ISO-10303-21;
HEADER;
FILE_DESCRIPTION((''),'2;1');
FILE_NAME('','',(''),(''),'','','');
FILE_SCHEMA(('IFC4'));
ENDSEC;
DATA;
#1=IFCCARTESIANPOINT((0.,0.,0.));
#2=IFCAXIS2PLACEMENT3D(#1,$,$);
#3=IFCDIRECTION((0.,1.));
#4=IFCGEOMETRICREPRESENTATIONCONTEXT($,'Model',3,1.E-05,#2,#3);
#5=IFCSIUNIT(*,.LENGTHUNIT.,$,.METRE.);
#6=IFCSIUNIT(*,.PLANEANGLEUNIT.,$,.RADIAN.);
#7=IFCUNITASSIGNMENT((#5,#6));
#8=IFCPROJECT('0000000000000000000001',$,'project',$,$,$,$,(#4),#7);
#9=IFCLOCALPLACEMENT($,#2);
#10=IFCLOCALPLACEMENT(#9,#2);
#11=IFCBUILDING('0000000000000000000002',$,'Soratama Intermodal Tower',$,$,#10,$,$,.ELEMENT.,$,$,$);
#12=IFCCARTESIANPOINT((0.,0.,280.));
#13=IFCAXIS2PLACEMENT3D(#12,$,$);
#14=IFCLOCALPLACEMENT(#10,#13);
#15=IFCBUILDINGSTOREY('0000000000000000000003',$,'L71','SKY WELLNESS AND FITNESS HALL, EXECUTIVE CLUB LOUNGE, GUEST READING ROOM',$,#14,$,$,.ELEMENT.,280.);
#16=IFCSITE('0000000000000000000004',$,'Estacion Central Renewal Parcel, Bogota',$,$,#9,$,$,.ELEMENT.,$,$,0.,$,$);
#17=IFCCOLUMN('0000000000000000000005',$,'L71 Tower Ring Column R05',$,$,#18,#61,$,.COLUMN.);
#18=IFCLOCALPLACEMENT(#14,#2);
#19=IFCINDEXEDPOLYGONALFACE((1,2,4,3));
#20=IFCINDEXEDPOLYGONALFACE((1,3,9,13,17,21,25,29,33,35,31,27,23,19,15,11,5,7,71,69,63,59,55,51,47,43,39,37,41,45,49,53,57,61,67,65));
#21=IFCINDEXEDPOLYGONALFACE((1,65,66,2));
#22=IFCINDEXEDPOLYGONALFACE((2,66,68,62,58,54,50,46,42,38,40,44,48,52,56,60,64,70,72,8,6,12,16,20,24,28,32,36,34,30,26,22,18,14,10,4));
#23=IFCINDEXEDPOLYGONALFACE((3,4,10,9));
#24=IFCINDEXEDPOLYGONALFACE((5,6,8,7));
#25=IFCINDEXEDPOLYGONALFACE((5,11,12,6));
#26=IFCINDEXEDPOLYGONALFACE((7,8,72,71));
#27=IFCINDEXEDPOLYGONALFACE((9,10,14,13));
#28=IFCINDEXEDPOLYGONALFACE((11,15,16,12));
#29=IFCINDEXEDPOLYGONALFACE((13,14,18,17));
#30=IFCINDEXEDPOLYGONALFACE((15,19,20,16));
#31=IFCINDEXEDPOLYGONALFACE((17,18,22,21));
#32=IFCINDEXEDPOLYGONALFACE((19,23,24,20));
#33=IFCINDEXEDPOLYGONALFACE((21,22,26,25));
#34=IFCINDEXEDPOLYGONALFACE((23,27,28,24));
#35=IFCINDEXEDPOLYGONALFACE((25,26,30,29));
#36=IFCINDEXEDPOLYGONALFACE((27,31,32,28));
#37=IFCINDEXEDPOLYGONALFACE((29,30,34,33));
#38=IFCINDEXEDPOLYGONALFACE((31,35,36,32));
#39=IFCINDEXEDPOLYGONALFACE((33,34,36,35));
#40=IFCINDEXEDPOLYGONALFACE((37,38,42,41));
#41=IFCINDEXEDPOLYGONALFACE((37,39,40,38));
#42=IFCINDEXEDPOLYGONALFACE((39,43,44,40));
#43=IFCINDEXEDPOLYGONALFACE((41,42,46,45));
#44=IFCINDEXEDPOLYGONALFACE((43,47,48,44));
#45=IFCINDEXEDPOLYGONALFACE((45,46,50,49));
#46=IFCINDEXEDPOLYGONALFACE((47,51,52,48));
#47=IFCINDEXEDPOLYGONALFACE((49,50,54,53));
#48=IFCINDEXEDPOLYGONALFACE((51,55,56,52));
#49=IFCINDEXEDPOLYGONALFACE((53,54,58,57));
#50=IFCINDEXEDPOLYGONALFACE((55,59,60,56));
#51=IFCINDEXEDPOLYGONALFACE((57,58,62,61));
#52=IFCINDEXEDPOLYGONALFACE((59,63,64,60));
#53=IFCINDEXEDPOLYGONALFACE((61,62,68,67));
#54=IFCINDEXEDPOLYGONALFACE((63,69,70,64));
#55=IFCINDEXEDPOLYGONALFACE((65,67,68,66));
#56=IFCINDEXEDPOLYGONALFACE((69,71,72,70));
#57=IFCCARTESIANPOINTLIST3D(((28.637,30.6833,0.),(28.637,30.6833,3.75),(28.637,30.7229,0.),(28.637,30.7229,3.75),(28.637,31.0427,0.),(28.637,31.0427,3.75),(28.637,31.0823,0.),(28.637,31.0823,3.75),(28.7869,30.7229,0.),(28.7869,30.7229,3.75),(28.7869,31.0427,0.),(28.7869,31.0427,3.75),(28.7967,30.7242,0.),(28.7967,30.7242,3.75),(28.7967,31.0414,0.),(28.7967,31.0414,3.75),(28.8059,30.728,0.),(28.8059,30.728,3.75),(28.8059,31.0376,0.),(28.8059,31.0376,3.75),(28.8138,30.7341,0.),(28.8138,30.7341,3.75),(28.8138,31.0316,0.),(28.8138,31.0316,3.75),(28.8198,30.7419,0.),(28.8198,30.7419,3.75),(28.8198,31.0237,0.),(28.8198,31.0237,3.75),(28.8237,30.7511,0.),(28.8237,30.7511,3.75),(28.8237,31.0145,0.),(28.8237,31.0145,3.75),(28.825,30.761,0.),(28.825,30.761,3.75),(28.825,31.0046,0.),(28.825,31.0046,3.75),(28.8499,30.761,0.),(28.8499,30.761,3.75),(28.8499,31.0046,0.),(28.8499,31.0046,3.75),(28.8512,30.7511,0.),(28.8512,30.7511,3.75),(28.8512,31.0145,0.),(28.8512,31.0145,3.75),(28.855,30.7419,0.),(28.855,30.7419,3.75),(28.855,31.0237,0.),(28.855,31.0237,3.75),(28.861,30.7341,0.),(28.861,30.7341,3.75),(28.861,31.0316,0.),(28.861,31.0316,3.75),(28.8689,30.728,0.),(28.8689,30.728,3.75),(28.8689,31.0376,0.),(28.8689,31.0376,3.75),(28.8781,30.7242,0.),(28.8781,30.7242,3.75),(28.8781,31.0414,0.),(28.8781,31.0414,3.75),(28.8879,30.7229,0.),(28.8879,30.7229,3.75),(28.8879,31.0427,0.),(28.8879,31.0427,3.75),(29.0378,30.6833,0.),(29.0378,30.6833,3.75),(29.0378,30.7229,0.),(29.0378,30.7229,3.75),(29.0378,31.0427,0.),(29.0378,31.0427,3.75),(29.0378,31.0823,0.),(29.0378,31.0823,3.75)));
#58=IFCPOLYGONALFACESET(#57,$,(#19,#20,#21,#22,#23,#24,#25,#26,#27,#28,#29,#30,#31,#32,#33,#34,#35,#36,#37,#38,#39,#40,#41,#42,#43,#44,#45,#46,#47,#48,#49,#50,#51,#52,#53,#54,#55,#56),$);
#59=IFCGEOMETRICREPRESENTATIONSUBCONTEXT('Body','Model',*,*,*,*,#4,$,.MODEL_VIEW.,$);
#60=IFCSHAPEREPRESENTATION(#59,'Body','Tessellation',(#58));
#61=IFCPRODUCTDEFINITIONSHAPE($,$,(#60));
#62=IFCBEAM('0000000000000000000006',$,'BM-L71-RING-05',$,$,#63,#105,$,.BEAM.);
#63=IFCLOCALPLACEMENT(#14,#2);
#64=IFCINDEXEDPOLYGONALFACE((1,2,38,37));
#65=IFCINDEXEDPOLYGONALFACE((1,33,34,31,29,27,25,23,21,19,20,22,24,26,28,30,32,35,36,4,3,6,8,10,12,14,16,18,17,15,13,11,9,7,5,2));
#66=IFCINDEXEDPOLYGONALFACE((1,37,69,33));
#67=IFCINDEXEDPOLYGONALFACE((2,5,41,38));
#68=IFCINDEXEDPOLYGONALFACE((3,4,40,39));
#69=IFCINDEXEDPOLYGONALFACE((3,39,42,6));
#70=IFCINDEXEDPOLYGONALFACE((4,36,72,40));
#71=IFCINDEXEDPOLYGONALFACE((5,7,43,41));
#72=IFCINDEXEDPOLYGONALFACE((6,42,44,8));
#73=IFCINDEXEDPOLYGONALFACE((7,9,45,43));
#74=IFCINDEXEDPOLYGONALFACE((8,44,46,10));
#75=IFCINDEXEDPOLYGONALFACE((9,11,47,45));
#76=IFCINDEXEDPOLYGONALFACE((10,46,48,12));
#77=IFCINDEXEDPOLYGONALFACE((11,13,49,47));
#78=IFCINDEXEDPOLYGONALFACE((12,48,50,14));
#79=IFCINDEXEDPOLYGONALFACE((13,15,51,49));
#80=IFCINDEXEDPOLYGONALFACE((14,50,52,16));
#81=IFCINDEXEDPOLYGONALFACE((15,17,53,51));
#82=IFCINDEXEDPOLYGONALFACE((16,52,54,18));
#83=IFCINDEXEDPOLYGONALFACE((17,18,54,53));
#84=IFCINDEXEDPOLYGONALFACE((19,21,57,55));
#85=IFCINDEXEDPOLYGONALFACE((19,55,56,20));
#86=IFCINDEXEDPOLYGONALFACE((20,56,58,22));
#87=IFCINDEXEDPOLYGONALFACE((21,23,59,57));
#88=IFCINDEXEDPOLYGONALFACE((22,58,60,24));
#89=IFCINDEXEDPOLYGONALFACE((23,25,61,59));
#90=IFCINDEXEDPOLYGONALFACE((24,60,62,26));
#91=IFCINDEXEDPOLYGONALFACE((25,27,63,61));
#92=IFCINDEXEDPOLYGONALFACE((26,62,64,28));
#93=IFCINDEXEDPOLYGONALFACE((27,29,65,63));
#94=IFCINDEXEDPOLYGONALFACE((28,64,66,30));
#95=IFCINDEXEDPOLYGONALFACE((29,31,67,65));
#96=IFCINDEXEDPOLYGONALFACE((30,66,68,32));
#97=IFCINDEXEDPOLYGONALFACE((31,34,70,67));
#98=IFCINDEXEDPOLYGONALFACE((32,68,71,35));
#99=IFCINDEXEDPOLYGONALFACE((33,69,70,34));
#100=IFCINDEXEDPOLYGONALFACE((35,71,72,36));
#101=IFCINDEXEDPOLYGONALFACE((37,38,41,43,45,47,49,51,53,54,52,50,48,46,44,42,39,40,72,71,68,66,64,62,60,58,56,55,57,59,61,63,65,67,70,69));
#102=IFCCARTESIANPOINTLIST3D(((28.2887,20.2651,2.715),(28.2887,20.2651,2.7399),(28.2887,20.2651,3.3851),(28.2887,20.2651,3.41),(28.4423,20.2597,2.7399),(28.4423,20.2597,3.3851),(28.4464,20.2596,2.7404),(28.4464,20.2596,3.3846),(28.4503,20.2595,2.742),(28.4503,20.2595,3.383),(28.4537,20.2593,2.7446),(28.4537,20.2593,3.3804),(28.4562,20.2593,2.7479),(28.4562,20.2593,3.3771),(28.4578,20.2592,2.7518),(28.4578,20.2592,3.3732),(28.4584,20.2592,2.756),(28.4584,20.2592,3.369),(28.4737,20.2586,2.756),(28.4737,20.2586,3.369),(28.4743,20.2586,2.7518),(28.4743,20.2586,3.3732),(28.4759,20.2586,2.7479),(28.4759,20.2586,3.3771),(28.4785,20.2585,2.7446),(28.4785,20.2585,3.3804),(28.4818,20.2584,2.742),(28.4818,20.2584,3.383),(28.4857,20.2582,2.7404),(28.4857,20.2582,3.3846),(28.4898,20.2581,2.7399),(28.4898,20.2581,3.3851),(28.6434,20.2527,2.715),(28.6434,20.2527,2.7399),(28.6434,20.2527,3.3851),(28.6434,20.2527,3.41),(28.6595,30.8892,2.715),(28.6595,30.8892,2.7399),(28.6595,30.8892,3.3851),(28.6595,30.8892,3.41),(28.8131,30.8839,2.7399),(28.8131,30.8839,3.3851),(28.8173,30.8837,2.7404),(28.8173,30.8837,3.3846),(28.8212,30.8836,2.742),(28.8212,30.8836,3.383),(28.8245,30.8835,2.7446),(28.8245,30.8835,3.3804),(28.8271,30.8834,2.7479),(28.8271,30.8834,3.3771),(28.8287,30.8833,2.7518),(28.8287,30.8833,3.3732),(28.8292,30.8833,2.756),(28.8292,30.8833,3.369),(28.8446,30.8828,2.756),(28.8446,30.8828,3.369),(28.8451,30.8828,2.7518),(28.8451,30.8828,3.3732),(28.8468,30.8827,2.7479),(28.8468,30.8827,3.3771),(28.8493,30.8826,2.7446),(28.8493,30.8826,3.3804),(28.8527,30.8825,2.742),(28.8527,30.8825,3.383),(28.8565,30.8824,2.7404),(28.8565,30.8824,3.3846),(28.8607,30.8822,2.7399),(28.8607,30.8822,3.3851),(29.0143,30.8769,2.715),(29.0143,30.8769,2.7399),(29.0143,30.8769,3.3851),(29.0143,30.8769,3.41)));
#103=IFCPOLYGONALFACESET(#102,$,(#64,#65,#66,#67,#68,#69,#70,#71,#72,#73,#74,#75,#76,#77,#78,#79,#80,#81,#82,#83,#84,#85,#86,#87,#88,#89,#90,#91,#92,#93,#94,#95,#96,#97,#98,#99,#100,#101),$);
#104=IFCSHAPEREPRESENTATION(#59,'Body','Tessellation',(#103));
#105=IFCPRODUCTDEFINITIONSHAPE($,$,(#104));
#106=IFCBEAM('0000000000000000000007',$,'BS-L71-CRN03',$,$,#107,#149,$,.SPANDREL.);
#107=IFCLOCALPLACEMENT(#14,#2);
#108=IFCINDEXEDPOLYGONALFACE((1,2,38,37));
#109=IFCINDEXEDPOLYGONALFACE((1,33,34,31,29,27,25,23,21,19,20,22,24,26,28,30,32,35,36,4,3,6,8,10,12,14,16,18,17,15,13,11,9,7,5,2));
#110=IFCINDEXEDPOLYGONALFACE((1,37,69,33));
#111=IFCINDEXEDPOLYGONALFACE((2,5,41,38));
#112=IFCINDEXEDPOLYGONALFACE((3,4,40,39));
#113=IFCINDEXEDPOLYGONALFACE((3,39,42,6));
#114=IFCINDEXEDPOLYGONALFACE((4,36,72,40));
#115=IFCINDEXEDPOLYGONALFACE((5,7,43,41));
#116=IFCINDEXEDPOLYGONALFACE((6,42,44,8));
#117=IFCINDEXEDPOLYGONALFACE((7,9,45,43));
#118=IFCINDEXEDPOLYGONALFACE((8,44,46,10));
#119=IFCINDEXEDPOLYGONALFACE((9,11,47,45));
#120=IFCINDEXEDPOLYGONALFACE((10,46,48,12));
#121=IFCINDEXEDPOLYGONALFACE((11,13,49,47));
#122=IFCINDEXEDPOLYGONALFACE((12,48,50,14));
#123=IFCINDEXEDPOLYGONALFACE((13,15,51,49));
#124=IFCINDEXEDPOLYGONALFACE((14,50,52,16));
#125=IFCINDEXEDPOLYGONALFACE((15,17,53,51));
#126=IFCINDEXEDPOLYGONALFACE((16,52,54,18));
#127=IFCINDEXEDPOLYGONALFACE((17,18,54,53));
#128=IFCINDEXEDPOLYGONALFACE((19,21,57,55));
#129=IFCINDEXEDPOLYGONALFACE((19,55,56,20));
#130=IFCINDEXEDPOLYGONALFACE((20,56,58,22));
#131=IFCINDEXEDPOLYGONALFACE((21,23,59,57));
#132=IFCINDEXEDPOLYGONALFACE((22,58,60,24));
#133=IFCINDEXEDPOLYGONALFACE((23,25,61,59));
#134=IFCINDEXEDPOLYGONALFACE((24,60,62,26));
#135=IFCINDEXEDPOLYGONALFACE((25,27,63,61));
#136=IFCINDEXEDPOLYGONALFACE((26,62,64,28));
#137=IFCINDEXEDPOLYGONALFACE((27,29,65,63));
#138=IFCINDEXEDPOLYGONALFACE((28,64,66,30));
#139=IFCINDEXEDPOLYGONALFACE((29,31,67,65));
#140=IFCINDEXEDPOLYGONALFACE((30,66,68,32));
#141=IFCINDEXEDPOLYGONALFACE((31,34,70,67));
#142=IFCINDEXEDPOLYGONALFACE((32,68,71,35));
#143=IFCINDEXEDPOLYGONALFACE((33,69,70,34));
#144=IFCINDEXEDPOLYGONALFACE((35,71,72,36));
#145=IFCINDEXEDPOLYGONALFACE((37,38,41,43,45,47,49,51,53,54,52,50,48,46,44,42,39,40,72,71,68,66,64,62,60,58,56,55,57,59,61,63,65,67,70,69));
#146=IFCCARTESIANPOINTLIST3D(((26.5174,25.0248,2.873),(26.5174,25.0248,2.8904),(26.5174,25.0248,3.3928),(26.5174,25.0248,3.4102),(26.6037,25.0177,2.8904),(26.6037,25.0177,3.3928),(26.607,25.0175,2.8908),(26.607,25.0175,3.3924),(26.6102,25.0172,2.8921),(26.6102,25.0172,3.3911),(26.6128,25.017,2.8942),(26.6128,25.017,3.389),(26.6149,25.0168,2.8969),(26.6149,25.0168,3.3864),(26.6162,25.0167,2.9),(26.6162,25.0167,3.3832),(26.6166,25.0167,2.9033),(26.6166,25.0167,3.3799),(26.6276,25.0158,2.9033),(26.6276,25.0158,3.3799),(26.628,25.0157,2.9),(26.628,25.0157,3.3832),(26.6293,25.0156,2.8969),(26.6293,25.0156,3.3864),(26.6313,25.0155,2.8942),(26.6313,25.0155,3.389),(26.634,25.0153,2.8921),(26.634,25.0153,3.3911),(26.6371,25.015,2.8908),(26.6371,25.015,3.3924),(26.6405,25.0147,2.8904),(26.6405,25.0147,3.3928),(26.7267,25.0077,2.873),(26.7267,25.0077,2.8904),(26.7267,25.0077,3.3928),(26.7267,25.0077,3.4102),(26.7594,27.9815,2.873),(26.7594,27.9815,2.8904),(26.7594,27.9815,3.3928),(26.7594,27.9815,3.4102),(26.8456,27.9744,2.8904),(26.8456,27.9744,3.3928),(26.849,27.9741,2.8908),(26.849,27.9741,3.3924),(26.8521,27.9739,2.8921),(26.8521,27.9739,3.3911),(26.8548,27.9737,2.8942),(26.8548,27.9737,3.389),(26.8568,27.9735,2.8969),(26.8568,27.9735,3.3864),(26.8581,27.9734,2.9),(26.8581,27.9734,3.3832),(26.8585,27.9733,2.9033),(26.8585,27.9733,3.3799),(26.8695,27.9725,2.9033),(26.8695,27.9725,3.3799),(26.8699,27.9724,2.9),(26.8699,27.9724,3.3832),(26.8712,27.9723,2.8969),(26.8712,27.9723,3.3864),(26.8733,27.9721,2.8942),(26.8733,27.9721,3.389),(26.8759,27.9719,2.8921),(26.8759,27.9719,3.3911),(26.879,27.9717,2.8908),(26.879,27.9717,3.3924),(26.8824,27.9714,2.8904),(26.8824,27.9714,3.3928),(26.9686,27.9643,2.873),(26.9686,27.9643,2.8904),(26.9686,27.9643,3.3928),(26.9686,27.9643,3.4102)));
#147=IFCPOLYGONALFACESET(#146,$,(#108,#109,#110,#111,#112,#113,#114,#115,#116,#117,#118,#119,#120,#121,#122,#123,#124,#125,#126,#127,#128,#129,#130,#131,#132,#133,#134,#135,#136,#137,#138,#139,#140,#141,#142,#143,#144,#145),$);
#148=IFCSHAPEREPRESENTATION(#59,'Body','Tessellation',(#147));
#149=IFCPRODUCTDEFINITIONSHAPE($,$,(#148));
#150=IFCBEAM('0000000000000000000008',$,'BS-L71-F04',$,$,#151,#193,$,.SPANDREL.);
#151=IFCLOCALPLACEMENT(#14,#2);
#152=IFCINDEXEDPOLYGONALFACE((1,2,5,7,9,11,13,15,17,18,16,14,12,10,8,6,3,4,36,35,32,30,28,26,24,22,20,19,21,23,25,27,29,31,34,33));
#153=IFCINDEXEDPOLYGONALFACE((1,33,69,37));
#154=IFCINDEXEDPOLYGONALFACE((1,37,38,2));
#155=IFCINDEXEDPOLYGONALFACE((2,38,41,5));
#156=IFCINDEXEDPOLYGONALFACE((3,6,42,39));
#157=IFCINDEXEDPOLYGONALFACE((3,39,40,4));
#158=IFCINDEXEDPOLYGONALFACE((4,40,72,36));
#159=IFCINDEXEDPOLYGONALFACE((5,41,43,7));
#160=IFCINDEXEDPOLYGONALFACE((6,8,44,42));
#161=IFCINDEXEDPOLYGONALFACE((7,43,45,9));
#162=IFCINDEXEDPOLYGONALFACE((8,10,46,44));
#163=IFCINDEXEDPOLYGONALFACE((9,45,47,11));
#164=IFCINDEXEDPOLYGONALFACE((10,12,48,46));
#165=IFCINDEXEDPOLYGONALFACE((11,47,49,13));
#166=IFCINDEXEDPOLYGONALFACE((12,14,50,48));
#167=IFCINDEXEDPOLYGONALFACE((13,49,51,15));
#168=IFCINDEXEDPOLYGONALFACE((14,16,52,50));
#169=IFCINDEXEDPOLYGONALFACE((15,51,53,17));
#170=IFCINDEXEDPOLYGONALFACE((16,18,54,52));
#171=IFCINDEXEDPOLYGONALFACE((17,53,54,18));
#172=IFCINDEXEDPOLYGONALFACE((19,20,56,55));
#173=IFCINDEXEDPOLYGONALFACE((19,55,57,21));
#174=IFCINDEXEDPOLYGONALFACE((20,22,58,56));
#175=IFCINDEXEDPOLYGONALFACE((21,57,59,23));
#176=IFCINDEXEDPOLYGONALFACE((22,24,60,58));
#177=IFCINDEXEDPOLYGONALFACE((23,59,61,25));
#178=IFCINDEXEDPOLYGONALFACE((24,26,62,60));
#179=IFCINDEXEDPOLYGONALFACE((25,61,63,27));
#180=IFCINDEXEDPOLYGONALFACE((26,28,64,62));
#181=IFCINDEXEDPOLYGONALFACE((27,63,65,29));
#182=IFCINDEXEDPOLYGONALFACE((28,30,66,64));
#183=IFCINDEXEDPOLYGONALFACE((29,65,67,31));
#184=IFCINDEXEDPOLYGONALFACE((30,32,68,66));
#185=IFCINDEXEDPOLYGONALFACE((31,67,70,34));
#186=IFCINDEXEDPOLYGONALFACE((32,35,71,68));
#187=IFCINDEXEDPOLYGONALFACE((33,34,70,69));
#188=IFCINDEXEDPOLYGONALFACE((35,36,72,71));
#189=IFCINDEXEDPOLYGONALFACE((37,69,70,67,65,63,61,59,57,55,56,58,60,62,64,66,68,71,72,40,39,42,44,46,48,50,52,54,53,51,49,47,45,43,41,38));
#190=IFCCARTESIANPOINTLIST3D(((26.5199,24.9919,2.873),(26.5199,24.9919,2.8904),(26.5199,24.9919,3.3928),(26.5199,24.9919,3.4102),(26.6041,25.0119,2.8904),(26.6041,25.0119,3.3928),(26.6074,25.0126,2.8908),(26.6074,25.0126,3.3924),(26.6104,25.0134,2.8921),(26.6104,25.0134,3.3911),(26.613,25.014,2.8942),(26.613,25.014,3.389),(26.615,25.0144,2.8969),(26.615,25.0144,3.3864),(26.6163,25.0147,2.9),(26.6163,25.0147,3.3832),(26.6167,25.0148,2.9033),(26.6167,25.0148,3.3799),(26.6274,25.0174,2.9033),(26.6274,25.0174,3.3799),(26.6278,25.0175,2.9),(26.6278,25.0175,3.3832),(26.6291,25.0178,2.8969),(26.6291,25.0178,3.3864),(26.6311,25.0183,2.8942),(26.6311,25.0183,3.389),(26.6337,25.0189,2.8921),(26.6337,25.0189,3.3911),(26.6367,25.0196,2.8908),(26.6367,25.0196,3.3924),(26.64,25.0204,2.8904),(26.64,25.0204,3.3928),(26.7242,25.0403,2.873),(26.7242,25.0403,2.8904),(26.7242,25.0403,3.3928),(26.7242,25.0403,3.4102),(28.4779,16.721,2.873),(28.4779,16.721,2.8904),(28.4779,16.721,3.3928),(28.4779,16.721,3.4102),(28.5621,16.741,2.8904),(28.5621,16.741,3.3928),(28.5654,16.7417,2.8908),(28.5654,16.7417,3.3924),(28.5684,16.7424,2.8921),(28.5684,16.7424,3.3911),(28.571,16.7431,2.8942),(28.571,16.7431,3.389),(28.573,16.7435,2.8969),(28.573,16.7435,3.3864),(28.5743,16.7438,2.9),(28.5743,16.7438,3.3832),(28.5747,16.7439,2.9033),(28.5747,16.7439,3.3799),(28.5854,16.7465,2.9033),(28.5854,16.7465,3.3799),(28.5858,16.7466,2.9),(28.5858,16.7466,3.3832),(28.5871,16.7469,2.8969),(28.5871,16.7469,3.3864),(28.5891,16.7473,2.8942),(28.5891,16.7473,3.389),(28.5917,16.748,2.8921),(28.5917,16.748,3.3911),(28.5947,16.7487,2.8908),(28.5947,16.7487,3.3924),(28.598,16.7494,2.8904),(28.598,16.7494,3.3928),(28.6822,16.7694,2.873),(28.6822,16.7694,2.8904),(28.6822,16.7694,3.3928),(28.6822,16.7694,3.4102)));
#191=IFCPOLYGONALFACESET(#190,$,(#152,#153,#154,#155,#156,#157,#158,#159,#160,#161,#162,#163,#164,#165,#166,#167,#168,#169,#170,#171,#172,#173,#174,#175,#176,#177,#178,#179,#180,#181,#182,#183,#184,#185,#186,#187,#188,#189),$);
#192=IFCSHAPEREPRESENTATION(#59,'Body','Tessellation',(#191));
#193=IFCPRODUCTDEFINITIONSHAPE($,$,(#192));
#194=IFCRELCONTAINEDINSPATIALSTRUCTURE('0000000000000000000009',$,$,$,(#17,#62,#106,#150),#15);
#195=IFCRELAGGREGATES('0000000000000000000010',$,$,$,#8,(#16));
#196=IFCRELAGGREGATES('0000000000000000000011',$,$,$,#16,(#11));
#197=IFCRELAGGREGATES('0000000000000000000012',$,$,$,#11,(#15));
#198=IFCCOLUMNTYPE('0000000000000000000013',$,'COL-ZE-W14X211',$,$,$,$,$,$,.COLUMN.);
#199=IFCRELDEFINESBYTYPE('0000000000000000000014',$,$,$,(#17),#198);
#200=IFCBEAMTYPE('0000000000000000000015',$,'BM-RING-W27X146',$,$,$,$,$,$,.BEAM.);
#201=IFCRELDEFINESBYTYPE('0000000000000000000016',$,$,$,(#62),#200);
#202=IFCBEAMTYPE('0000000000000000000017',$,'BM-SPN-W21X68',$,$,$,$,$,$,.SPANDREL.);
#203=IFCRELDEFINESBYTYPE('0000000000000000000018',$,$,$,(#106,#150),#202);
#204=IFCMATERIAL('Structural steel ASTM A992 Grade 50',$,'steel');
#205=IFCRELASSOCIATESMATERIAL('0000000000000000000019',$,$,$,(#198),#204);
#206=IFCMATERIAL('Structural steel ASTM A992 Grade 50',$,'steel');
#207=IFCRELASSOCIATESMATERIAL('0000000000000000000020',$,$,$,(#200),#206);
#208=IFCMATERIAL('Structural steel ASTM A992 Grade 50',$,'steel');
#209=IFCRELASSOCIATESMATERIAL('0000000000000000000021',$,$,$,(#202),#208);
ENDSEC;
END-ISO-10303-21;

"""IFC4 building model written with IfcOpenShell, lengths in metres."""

from ifc_helpers import new_model, si_unit, direction, frame, origin, origin_2d, place, context, subcontext, project, spatial, i_section, extrude, material, material_profile, profile_set, type_object, element, save


model = new_model("IFC4")

# Units and contexts
model_context = context("Model", 3, precision=1e-05, world=origin(), true_north=direction((0.0, 1.0)))
body_context = subcontext(model_context, "Body", "Model", "MODEL_VIEW")
ifc_project = project(units=[si_unit("LENGTHUNIT", "METRE"), si_unit("PLANEANGLEUNIT", "RADIAN")], contexts=[model_context])

# Site, building, storey
site_placement = place(None, origin())
site = spatial("IfcSite", under=ifc_project, at=site_placement, Name="Estacion Central Renewal Parcel, Bogota", CompositionType="ELEMENT", RefElevation=0.0)
building_placement = place(site_placement, origin())
building = spatial("IfcBuilding", under=site, at=building_placement, Name="Soratama Intermodal Tower", CompositionType="ELEMENT")
storey_placement = place(building_placement, frame((0.0, 0.0, 280.0)))
storey = spatial("IfcBuildingStorey", under=building, at=storey_placement, Name="L71", Description="SKY WELLNESS AND FITNESS HALL, EXECUTIVE CLUB LOUNGE, GUEST READING ROOM", CompositionType="ELEMENT", Elevation=280.0)

# Column
ifc_material_1 = material(Name="Structural steel ASTM A992 Grade 50", Category="steel")
ifc_material_profile_1 = material_profile(ifc_material_1, i_section(OverallWidth=0.4009, OverallDepth=0.3989, WebThickness=0.0249, FlangeThickness=0.0396, FilletRadius=0.0381, at=origin_2d()), Name="W14X211")
ifc_profile_set_1 = profile_set([ifc_material_profile_1], Name="Structural steel ASTM A992 Grade 50")
column_type = type_object("IfcColumnType", Name="COL-ZE-W14X211", PredefinedType="COLUMN", material=ifc_profile_set_1)
column_placement = place(storey_placement, frame((28.8374, 30.8828, 0.0), z_axis=(0.0, 0.0, 1.0), x_axis=(1.0, 0.0, 0.0)))
element("IfcColumn", 1, at=column_placement, inside=storey, type_object=column_type, Name="L71 Tower Ring Column R05", PredefinedType="COLUMN", context=body_context, shape_type="SweptSolid", body=[
    extrude(i_section(OverallWidth=0.4009, OverallDepth=0.3989, WebThickness=0.0249, FlangeThickness=0.0396, FilletRadius=0.0381, at=origin_2d()), origin(), (0.0, 0.0, 1.0), 3.75),
])

# Beams
ifc_material_2 = material(Name="Structural steel ASTM A992 Grade 50", Category="steel")
ifc_material_profile_2 = material_profile(ifc_material_2, i_section(OverallWidth=0.355, OverallDepth=0.6951, WebThickness=0.0154, FlangeThickness=0.0249, FilletRadius=0.0161, at=origin_2d()), Name="W27X146")
ifc_profile_set_2 = profile_set([ifc_material_profile_2], Name="Structural steel ASTM A992 Grade 50")
beam_type_1 = type_object("IfcBeamType", Name="BM-RING-W27X146", PredefinedType="BEAM", material=ifc_profile_set_2)
beam_1_placement = place(storey_placement, frame((28.8369, 30.8831, 3.0625), z_axis=(-0.034885, -0.999391, 0.0), x_axis=(0.999391, -0.034885, 0.0)))
element("IfcBeam", 2, at=beam_1_placement, inside=storey, type_object=beam_type_1, Name="BM-L71-RING-05", PredefinedType="BEAM", context=body_context, shape_type="SweptSolid", body=[
    extrude(i_section(OverallWidth=0.355, OverallDepth=0.6951, WebThickness=0.0154, FlangeThickness=0.0249, FilletRadius=0.0161, at=origin_2d()), origin(), (0.0, 0.0, 1.0), 10.6306),
])
ifc_material_3 = material(Name="Structural steel ASTM A992 Grade 50", Category="steel")
ifc_material_profile_3 = material_profile(ifc_material_3, i_section(OverallWidth=0.21, OverallDepth=0.5371, WebThickness=0.011, FlangeThickness=0.0173, FilletRadius=0.0129, at=origin_2d()), Name="W21X68")
ifc_profile_set_3 = profile_set([ifc_material_profile_3], Name="Structural steel ASTM A992 Grade 50")
beam_type_2 = type_object("IfcBeamType", Name="BM-SPN-W21X68", PredefinedType="SPANDREL", material=ifc_profile_set_3)
beam_2_placement = place(storey_placement, frame((26.864, 27.9729, 3.1416), z_axis=(-0.081554, -0.996669, 0.0), x_axis=(0.996669, -0.081554, 0.0)))
element("IfcBeam", 3, at=beam_2_placement, inside=storey, type_object=beam_type_2, Name="BS-L71-CRN03", PredefinedType="SPANDREL", context=body_context, shape_type="SweptSolid", body=[
    extrude(i_section(OverallWidth=0.21, OverallDepth=0.5371, WebThickness=0.011, FlangeThickness=0.0173, FilletRadius=0.0129, at=origin_2d()), origin(), (0.0, 0.0, 1.0), 2.9666),
])
beam_3_placement = place(storey_placement, frame((26.6221, 25.0161, 3.1416), z_axis=(0.230365, -0.973104, 0.0), x_axis=(0.973104, 0.230365, 0.0)))
element("IfcBeam", 4, at=beam_3_placement, inside=storey, type_object=beam_type_2, Name="BS-L71-F04", PredefinedType="SPANDREL", context=body_context, shape_type="SweptSolid", body=[
    extrude(i_section(OverallWidth=0.21, OverallDepth=0.5371, WebThickness=0.011, FlangeThickness=0.0173, FilletRadius=0.0129, at=origin_2d()), origin(), (0.0, 0.0, 1.0), 8.4995),
])

save(model, "model.ifc")
